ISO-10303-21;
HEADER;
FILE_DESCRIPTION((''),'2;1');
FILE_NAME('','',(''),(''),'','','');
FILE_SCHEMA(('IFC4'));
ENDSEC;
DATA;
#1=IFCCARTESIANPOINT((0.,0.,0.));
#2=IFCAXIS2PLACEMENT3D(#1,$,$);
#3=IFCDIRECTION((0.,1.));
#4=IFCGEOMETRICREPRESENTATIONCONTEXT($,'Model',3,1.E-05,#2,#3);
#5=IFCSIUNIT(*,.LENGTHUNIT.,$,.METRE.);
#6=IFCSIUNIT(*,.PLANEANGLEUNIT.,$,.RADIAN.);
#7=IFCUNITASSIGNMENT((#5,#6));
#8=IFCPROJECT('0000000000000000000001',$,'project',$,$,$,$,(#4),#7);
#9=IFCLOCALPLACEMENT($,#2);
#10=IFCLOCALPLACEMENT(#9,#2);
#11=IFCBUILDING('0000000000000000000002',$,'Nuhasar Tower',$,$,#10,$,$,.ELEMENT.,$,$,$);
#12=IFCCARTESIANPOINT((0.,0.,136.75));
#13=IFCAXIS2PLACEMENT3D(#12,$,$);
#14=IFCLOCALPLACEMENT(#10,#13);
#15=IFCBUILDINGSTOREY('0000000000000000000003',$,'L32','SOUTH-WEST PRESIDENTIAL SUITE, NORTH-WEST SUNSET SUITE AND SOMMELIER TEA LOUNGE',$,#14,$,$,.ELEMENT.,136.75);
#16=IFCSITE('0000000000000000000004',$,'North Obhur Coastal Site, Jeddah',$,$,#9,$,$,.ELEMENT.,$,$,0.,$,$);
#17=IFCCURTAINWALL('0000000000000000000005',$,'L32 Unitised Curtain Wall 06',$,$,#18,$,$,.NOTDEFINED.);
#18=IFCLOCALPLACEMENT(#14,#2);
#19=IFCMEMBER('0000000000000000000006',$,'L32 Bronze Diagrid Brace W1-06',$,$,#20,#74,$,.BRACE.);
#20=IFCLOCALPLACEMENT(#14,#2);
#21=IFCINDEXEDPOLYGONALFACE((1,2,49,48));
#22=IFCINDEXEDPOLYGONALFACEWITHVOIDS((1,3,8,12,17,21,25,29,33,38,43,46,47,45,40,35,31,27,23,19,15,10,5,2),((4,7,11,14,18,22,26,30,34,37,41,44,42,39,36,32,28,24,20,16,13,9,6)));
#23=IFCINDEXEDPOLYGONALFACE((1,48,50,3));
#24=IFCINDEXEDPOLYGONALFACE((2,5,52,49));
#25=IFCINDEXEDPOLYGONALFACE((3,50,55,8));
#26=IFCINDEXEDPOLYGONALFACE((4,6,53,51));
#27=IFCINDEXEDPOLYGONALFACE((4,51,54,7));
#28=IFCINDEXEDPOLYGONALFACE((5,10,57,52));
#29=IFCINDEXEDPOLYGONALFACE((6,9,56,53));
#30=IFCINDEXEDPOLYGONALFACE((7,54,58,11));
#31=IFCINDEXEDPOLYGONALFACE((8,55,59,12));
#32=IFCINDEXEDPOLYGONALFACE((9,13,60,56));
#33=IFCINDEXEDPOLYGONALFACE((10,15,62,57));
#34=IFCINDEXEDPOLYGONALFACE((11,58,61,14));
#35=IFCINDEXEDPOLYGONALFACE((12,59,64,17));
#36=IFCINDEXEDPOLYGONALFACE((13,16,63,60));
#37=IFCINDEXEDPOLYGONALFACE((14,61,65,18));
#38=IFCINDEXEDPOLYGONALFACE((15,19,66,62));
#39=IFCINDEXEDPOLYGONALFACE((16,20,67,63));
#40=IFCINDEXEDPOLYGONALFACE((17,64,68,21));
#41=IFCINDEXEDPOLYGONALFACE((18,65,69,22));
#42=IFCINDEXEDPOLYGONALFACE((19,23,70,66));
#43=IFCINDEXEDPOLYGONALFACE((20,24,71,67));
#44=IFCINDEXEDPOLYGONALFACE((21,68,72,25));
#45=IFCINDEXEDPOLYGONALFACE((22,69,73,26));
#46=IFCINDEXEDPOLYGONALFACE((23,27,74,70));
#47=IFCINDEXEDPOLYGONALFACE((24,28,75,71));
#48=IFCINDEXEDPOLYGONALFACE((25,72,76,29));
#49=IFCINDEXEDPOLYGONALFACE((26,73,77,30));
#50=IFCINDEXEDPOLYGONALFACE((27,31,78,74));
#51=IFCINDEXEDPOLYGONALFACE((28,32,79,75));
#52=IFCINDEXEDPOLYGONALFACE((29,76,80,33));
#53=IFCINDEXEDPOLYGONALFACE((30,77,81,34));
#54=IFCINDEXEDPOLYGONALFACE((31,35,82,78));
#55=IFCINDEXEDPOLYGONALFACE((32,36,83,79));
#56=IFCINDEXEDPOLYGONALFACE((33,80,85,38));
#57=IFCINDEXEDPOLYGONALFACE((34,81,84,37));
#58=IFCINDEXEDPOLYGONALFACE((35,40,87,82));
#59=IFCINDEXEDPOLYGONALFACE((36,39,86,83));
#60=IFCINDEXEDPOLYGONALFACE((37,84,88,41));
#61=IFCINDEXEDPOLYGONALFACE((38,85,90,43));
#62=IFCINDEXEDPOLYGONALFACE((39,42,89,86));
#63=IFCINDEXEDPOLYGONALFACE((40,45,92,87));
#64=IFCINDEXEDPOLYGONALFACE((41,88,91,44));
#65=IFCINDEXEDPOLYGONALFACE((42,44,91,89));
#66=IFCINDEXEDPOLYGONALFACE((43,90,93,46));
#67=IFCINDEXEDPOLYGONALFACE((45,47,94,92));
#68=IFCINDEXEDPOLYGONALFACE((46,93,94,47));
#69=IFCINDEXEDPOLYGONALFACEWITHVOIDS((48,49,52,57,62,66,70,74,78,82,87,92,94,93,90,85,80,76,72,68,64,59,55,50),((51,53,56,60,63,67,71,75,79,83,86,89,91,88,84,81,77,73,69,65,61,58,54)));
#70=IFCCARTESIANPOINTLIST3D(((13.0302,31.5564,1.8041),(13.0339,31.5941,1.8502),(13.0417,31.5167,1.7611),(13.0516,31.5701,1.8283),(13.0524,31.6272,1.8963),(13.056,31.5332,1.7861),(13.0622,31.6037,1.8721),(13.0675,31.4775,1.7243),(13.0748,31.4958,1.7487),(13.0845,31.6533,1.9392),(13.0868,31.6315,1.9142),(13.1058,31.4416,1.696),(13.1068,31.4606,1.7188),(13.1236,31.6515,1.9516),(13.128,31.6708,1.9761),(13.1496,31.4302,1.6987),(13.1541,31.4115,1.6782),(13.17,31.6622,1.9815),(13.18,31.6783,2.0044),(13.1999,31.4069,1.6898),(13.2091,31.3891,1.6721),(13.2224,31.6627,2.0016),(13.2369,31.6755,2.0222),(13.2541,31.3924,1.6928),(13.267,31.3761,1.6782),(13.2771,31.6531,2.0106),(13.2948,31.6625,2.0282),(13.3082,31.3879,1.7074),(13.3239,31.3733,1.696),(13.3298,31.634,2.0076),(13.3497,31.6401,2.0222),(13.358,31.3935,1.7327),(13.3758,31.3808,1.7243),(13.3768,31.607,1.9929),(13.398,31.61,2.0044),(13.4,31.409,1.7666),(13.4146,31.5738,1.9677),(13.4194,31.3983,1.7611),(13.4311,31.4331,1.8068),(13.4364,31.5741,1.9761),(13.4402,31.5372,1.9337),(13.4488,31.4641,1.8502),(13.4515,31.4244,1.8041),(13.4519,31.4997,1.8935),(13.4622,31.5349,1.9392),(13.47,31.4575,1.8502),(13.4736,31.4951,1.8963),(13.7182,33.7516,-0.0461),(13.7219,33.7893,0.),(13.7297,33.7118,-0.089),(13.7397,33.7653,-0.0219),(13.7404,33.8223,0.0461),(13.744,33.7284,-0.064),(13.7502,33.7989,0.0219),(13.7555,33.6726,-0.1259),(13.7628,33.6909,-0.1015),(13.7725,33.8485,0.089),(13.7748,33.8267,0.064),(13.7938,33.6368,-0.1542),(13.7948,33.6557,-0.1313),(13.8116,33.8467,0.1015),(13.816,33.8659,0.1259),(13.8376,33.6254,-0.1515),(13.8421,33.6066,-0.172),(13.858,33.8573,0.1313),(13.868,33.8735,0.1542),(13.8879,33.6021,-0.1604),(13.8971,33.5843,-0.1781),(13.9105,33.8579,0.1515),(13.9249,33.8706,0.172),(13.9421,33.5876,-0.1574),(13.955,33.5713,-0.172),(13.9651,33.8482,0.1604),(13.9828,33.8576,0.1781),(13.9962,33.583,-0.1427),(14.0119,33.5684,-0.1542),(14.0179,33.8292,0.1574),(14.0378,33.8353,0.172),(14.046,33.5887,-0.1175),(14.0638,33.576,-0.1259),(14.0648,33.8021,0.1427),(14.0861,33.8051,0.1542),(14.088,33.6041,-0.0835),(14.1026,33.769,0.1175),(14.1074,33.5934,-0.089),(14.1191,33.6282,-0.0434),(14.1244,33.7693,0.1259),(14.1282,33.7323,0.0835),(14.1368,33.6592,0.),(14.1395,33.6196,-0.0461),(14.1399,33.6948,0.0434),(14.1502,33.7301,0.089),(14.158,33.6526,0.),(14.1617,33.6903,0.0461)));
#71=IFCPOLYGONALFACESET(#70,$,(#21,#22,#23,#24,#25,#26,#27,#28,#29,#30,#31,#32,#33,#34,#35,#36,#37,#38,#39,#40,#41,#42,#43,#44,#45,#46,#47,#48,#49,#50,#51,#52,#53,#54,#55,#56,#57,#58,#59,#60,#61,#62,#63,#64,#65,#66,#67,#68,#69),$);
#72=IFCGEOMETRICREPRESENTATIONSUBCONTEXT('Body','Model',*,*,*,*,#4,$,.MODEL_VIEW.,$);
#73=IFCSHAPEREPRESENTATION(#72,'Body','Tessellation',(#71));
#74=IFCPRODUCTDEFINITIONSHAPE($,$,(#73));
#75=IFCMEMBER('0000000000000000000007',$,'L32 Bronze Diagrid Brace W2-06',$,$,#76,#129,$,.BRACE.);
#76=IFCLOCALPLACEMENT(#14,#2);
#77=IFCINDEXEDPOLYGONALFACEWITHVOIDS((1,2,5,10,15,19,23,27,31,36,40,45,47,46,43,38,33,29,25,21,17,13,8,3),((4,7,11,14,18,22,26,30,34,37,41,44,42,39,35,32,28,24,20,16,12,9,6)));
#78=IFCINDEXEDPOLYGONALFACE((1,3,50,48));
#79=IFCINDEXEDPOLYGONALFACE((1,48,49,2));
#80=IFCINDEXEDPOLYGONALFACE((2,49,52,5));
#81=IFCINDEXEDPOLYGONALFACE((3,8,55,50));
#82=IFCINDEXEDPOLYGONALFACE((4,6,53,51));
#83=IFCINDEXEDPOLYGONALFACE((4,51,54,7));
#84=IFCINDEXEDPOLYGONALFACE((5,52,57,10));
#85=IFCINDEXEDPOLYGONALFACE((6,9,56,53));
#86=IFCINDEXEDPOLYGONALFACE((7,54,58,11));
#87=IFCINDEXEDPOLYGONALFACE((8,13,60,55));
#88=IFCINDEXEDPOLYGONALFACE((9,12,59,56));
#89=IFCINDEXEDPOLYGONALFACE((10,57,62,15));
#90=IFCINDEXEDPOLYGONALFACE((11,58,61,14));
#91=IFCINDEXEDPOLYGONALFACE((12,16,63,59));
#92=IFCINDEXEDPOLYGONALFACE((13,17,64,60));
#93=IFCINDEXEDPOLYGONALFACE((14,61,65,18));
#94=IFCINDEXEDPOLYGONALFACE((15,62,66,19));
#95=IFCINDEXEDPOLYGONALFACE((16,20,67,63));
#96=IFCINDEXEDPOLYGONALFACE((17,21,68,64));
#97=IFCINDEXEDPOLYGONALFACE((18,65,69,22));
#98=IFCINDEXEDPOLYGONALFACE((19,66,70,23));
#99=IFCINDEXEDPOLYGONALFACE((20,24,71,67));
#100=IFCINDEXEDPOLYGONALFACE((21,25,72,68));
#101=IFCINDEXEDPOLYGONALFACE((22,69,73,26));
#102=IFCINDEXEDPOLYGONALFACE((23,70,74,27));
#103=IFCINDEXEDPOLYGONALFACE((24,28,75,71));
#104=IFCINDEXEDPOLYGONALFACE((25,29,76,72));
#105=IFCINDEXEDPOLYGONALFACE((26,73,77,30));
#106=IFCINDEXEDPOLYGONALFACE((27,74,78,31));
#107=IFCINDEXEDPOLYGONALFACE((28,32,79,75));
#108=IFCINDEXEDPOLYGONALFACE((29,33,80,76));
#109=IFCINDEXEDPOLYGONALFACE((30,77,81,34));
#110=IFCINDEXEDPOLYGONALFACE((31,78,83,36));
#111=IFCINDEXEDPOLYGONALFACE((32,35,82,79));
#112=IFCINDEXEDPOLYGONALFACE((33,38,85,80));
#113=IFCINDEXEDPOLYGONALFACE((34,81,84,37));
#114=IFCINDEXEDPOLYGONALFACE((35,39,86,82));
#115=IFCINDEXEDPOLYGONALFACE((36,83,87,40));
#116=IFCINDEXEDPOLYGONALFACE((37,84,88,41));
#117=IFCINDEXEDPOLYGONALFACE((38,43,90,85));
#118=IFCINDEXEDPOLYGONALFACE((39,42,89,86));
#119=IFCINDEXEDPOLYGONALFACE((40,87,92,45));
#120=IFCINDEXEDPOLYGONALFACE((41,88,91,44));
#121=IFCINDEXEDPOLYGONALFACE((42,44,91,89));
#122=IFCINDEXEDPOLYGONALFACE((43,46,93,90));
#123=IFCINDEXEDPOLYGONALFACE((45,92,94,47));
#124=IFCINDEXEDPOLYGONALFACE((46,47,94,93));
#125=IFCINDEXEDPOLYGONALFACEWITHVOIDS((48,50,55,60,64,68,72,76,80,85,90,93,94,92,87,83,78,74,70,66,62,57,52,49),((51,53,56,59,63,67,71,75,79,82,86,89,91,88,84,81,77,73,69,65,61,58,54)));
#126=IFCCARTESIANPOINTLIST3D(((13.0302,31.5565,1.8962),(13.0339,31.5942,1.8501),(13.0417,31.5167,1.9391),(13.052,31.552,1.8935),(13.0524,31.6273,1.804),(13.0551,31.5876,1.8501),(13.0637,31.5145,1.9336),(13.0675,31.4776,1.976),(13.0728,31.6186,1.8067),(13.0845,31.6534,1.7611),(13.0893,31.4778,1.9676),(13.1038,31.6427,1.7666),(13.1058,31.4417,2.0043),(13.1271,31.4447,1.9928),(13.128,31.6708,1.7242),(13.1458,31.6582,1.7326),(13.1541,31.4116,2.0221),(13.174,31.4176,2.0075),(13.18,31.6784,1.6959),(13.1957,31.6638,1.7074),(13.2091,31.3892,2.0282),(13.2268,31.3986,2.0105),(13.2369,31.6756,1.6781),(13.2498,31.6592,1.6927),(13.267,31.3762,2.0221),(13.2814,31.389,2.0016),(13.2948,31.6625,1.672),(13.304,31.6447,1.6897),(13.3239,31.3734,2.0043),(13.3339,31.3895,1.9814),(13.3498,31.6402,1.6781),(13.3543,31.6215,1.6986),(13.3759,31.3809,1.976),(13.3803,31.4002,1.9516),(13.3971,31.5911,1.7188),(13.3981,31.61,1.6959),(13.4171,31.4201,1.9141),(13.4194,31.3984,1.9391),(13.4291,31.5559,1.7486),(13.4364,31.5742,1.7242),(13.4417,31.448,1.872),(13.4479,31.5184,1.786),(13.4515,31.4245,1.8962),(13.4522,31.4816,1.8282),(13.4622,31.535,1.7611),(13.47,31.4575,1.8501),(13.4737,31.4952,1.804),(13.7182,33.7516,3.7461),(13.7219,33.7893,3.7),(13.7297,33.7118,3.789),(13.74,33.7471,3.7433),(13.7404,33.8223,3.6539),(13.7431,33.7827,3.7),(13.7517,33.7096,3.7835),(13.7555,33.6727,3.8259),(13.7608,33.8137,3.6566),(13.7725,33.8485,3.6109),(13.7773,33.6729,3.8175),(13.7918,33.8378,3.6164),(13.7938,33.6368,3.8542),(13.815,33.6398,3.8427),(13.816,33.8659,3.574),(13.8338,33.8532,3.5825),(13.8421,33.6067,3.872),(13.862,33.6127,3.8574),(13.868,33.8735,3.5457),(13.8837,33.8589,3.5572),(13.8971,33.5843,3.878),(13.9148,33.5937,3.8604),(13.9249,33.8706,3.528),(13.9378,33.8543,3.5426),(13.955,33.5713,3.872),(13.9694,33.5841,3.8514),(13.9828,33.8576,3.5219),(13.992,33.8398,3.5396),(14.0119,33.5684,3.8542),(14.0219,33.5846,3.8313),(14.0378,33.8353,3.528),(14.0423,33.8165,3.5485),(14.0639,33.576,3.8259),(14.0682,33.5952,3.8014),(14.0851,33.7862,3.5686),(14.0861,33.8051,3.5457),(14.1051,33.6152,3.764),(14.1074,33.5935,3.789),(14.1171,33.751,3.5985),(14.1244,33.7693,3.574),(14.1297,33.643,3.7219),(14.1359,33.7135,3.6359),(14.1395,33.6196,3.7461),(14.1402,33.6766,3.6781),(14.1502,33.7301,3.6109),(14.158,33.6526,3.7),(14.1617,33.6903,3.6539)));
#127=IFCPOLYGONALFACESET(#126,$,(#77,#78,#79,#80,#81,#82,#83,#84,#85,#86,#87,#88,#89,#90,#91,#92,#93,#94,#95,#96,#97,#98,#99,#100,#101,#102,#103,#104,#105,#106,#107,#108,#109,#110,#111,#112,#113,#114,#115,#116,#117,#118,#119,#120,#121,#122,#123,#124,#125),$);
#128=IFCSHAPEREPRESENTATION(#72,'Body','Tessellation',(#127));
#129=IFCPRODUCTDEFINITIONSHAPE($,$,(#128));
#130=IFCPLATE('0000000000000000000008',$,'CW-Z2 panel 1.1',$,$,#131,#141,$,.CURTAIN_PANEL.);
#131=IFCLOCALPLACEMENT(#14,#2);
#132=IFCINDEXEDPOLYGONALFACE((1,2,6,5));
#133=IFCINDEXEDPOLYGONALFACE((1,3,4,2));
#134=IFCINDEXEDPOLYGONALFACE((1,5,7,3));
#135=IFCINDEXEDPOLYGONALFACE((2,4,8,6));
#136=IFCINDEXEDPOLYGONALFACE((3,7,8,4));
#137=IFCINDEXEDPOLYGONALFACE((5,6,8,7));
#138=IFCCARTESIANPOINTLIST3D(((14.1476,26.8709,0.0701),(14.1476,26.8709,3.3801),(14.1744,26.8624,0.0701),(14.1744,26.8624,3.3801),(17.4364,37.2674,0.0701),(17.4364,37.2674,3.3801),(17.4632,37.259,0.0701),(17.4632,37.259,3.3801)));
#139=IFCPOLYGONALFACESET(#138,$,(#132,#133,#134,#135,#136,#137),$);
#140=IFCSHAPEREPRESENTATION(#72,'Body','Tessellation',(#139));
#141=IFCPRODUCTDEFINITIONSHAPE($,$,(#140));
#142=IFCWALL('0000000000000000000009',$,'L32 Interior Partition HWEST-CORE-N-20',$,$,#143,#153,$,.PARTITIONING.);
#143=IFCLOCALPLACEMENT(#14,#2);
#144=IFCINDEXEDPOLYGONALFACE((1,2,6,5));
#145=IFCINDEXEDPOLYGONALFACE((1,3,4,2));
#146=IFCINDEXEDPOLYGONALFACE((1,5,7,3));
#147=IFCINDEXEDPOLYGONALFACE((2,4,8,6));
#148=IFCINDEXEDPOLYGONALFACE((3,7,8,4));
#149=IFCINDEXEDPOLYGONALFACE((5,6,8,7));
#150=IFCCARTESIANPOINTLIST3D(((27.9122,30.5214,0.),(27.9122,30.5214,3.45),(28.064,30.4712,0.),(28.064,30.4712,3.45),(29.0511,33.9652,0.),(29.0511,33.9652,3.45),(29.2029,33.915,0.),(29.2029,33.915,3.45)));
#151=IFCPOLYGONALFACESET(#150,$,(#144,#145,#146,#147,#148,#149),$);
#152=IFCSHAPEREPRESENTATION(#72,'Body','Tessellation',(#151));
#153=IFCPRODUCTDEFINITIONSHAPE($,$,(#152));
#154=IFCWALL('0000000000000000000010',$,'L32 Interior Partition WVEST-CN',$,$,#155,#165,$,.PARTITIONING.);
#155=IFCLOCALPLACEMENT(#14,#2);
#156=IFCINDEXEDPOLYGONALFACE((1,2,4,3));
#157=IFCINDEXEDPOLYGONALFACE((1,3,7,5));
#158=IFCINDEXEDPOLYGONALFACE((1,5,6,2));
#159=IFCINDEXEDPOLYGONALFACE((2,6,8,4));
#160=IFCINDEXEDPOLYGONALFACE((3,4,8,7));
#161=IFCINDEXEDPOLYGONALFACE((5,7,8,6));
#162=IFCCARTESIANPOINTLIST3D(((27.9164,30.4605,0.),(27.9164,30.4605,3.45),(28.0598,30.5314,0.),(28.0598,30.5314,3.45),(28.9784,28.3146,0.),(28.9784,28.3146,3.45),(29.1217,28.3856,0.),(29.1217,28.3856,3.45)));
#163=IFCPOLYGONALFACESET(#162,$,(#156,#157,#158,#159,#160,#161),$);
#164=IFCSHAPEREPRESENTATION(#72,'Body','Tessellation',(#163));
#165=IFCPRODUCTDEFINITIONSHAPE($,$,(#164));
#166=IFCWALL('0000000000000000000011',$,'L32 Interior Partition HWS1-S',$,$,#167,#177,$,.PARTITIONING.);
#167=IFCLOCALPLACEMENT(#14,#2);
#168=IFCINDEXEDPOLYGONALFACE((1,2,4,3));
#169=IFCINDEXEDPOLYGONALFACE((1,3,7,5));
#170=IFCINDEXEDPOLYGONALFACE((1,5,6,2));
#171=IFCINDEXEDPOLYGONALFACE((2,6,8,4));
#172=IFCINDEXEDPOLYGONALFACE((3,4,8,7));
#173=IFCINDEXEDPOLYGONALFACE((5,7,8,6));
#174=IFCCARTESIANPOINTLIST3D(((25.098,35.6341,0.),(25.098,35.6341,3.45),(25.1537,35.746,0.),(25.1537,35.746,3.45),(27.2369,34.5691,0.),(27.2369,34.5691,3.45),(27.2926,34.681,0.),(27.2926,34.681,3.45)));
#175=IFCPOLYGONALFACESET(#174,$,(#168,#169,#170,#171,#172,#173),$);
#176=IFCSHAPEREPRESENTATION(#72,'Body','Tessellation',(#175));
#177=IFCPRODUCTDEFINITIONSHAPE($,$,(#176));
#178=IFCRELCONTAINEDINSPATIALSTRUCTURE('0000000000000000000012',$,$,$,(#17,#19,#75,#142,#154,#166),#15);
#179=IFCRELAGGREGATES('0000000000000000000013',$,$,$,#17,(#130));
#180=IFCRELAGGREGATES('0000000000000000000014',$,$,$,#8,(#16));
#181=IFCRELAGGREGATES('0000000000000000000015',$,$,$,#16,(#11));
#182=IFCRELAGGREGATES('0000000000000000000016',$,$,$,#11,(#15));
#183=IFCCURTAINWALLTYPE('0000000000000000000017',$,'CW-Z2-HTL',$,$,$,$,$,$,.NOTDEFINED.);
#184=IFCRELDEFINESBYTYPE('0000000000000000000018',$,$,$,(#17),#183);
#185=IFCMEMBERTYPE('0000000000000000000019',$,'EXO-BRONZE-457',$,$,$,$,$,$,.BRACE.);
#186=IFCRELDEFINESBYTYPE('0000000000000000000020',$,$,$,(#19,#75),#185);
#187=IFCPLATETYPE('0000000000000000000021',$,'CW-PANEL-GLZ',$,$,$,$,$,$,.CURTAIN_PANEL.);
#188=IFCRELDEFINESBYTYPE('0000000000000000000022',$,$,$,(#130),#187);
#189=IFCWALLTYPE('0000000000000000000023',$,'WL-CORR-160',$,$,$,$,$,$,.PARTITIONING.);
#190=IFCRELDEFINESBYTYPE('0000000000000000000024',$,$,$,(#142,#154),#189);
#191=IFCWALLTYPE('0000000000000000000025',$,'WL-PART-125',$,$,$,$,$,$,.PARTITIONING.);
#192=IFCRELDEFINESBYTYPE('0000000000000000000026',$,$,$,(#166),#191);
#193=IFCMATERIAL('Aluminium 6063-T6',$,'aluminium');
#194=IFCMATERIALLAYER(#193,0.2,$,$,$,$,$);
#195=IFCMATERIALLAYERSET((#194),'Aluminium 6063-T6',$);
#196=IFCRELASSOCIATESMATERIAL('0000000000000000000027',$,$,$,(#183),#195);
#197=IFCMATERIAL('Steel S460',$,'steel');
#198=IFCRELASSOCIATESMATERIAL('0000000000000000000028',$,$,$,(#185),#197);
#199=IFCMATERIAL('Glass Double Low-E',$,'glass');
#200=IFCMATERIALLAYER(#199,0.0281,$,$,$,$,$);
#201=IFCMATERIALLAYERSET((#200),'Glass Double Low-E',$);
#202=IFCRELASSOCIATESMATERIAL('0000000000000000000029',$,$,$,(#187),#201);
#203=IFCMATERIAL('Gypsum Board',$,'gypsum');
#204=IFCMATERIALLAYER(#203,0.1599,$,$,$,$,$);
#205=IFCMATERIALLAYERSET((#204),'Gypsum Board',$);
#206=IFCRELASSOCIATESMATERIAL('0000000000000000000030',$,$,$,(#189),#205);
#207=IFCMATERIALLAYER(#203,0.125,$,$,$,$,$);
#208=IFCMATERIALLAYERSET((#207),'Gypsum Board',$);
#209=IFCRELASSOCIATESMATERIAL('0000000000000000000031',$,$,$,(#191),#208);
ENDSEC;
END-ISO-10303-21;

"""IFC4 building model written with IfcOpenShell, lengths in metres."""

from ifc_helpers import new_model, si_unit, direction, frame, frame_2d, origin, origin_2d, place, context, subcontext, project, spatial, rectangle, hollow_circle, extrude, material, layer, layer_set, material_profile, profile_set, type_object, element, aggregate, save


model = new_model("IFC4")

# Units and contexts
model_context = context("Model", 3, precision=1e-05, world=origin(), true_north=direction((0.0, 1.0)))
body_context = subcontext(model_context, "Body", "Model", "MODEL_VIEW")
ifc_project = project(units=[si_unit("LENGTHUNIT", "METRE"), si_unit("PLANEANGLEUNIT", "RADIAN")], contexts=[model_context])

# Site, building, storey
site_placement = place(None, origin())
site = spatial("IfcSite", under=ifc_project, at=site_placement, Name="North Obhur Coastal Site, Jeddah", CompositionType="ELEMENT", RefElevation=0.0)
building_placement = place(site_placement, origin())
building = spatial("IfcBuilding", under=site, at=building_placement, Name="Nuhasar Tower", CompositionType="ELEMENT")
storey_placement = place(building_placement, frame((0.0, 0.0, 136.75)))
storey = spatial("IfcBuildingStorey", under=building, at=storey_placement, Name="L32", Description="SOUTH-WEST PRESIDENTIAL SUITE, NORTH-WEST SUNSET SUITE AND SOMMELIER TEA LOUNGE", CompositionType="ELEMENT", Elevation=136.75)

# Curtain wall
ifc_material_1 = material(Name="Aluminium 6063-T6", Category="aluminium")
ifc_layer_1 = layer(ifc_material_1, 0.2)
ifc_layer_set_1 = layer_set([ifc_layer_1], Name="Aluminium 6063-T6")
curtain_wall_type = type_object("IfcCurtainWallType", Name="CW-Z2-HTL", PredefinedType="NOTDEFINED", material=ifc_layer_set_1)
curtain_wall_placement = place(storey_placement, origin())
curtain_wall = element("IfcCurtainWall", 1, at=curtain_wall_placement, inside=storey, type_object=curtain_wall_type, Name="L32 Unitised Curtain Wall 06", PredefinedType="NOTDEFINED")

# Members
ifc_material_2 = material(Name="Steel S460", Category="steel")
ifc_material_profile_1 = material_profile(ifc_material_2, hollow_circle(Radius=0.2285, WallThickness=0.0222, at=origin_2d()), Name="HSS457X22.2")
ifc_profile_set_1 = profile_set([ifc_material_profile_1], Name="Steel S460")
member_type_1 = type_object("IfcMemberType", Name="EXO-BRONZE-457", PredefinedType="BRACE", material=ifc_profile_set_1)
member_1_placement = place(storey_placement, frame((13.9399, 33.7209, 0.0), z_axis=(-0.233056, -0.743578, 0.626719), x_axis=(0.954228, -0.299079, 0.0)))
element("IfcMember", 2, at=member_1_placement, inside=storey, type_object=member_type_1, Name="L32 Bronze Diagrid Brace W1-06", PredefinedType="BRACE", context=body_context, shape_type="SweptSolid", body=[
    extrude(hollow_circle(Radius=0.2285, WallThickness=0.0222, at=origin_2d()), origin(), (0.0, 0.0, 1.0), 2.9521),
])
member_2_placement = place(storey_placement, frame((13.252, 31.5259, 1.8501), z_axis=(0.233068, 0.743616, 0.626669), x_axis=(-0.954228, 0.299079, 0.0)))
element("IfcMember", 3, at=member_2_placement, inside=storey, type_object=member_type_1, Name="L32 Bronze Diagrid Brace W2-06", PredefinedType="BRACE", context=body_context, shape_type="SweptSolid", body=[
    extrude(hollow_circle(Radius=0.2285, WallThickness=0.0222, at=origin_2d()), origin(), (0.0, 0.0, 1.0), 2.9519),
])

# Plate
ifc_material_3 = material(Name="Glass Double Low-E", Category="glass")
ifc_layer_2 = layer(ifc_material_3, 0.0281)
ifc_layer_set_2 = layer_set([ifc_layer_2], Name="Glass Double Low-E")
plate_type = type_object("IfcPlateType", Name="CW-PANEL-GLZ", PredefinedType="CURTAIN_PANEL", material=ifc_layer_set_2)
plate_placement = place(storey_placement, frame((15.8054, 32.0649, 0.0701), z_axis=(0.0, 0.0, 1.0), x_axis=(-0.301604, -0.953433, 0.0)))
plate = element("IfcPlate", 4, at=plate_placement, type_object=plate_type, Name="CW-Z2 panel 1.1", PredefinedType="CURTAIN_PANEL", context=body_context, shape_type="SweptSolid", body=[
    extrude(rectangle(XDim=10.9043, YDim=0.0281, at=origin_2d()), origin(), (0.0, 0.0, 1.0), 3.3101),
])
aggregate(curtain_wall, [plate])

# Wall
ifc_material_4 = material(Name="Gypsum Board", Category="gypsum")
ifc_layer_3 = layer(ifc_material_4, 0.1599)
ifc_layer_set_3 = layer_set([ifc_layer_3], Name="Gypsum Board")
wall_type_1 = type_object("IfcWallType", Name="WL-CORR-160", PredefinedType="PARTITIONING", material=ifc_layer_set_3)
wall_1_placement = place(storey_placement, frame((29.127, 33.9399, 0.0), z_axis=(0.0, 0.0, 1.0), x_axis=(-0.313986, -0.949428, 0.0)))
element("IfcWall", 5, at=wall_1_placement, inside=storey, type_object=wall_type_1, Name="L32 Interior Partition HWEST-CORE-N-20", PredefinedType="PARTITIONING", context=body_context, shape_type="SweptSolid", body=[
    extrude(rectangle(XDim=3.6272, YDim=0.1599, at=frame_2d((1.8135, 0.0))), origin(), (0.0, 0.0, 1.0), 3.45),
])

# Walls
wall_2_placement = place(storey_placement, frame((27.988, 30.4961, 0.0), z_axis=(0.0, 0.0, 1.0), x_axis=(0.443539, -0.896255, 0.0)))
element("IfcWall", 6, at=wall_2_placement, inside=storey, type_object=wall_type_1, Name="L32 Interior Partition WVEST-CN", PredefinedType="PARTITIONING", context=body_context, shape_type="SweptSolid", body=[
    extrude(rectangle(XDim=2.3943, YDim=0.1599, at=frame_2d((1.1973, 0.0))), origin(), (0.0, 0.0, 1.0), 3.45),
])
ifc_layer_4 = layer(ifc_material_4, 0.125)
ifc_layer_set_4 = layer_set([ifc_layer_4], Name="Gypsum Board")
wall_type_2 = type_object("IfcWallType", Name="WL-PART-125", PredefinedType="PARTITIONING", material=ifc_layer_set_4)
wall_3_placement = place(storey_placement, frame((27.2649, 34.625, 0.0), z_axis=(0.0, 0.0, 1.0), x_axis=(-0.895182, 0.445701, 0.0)))
element("IfcWall", 7, at=wall_3_placement, inside=storey, type_object=wall_type_2, Name="L32 Interior Partition HWS1-S", PredefinedType="PARTITIONING", context=body_context, shape_type="SweptSolid", body=[
    extrude(rectangle(XDim=2.3894, YDim=0.125, at=frame_2d((1.1948, 0.0))), origin(), (0.0, 0.0, 1.0), 3.45),
])

save(model, "model.ifc")
